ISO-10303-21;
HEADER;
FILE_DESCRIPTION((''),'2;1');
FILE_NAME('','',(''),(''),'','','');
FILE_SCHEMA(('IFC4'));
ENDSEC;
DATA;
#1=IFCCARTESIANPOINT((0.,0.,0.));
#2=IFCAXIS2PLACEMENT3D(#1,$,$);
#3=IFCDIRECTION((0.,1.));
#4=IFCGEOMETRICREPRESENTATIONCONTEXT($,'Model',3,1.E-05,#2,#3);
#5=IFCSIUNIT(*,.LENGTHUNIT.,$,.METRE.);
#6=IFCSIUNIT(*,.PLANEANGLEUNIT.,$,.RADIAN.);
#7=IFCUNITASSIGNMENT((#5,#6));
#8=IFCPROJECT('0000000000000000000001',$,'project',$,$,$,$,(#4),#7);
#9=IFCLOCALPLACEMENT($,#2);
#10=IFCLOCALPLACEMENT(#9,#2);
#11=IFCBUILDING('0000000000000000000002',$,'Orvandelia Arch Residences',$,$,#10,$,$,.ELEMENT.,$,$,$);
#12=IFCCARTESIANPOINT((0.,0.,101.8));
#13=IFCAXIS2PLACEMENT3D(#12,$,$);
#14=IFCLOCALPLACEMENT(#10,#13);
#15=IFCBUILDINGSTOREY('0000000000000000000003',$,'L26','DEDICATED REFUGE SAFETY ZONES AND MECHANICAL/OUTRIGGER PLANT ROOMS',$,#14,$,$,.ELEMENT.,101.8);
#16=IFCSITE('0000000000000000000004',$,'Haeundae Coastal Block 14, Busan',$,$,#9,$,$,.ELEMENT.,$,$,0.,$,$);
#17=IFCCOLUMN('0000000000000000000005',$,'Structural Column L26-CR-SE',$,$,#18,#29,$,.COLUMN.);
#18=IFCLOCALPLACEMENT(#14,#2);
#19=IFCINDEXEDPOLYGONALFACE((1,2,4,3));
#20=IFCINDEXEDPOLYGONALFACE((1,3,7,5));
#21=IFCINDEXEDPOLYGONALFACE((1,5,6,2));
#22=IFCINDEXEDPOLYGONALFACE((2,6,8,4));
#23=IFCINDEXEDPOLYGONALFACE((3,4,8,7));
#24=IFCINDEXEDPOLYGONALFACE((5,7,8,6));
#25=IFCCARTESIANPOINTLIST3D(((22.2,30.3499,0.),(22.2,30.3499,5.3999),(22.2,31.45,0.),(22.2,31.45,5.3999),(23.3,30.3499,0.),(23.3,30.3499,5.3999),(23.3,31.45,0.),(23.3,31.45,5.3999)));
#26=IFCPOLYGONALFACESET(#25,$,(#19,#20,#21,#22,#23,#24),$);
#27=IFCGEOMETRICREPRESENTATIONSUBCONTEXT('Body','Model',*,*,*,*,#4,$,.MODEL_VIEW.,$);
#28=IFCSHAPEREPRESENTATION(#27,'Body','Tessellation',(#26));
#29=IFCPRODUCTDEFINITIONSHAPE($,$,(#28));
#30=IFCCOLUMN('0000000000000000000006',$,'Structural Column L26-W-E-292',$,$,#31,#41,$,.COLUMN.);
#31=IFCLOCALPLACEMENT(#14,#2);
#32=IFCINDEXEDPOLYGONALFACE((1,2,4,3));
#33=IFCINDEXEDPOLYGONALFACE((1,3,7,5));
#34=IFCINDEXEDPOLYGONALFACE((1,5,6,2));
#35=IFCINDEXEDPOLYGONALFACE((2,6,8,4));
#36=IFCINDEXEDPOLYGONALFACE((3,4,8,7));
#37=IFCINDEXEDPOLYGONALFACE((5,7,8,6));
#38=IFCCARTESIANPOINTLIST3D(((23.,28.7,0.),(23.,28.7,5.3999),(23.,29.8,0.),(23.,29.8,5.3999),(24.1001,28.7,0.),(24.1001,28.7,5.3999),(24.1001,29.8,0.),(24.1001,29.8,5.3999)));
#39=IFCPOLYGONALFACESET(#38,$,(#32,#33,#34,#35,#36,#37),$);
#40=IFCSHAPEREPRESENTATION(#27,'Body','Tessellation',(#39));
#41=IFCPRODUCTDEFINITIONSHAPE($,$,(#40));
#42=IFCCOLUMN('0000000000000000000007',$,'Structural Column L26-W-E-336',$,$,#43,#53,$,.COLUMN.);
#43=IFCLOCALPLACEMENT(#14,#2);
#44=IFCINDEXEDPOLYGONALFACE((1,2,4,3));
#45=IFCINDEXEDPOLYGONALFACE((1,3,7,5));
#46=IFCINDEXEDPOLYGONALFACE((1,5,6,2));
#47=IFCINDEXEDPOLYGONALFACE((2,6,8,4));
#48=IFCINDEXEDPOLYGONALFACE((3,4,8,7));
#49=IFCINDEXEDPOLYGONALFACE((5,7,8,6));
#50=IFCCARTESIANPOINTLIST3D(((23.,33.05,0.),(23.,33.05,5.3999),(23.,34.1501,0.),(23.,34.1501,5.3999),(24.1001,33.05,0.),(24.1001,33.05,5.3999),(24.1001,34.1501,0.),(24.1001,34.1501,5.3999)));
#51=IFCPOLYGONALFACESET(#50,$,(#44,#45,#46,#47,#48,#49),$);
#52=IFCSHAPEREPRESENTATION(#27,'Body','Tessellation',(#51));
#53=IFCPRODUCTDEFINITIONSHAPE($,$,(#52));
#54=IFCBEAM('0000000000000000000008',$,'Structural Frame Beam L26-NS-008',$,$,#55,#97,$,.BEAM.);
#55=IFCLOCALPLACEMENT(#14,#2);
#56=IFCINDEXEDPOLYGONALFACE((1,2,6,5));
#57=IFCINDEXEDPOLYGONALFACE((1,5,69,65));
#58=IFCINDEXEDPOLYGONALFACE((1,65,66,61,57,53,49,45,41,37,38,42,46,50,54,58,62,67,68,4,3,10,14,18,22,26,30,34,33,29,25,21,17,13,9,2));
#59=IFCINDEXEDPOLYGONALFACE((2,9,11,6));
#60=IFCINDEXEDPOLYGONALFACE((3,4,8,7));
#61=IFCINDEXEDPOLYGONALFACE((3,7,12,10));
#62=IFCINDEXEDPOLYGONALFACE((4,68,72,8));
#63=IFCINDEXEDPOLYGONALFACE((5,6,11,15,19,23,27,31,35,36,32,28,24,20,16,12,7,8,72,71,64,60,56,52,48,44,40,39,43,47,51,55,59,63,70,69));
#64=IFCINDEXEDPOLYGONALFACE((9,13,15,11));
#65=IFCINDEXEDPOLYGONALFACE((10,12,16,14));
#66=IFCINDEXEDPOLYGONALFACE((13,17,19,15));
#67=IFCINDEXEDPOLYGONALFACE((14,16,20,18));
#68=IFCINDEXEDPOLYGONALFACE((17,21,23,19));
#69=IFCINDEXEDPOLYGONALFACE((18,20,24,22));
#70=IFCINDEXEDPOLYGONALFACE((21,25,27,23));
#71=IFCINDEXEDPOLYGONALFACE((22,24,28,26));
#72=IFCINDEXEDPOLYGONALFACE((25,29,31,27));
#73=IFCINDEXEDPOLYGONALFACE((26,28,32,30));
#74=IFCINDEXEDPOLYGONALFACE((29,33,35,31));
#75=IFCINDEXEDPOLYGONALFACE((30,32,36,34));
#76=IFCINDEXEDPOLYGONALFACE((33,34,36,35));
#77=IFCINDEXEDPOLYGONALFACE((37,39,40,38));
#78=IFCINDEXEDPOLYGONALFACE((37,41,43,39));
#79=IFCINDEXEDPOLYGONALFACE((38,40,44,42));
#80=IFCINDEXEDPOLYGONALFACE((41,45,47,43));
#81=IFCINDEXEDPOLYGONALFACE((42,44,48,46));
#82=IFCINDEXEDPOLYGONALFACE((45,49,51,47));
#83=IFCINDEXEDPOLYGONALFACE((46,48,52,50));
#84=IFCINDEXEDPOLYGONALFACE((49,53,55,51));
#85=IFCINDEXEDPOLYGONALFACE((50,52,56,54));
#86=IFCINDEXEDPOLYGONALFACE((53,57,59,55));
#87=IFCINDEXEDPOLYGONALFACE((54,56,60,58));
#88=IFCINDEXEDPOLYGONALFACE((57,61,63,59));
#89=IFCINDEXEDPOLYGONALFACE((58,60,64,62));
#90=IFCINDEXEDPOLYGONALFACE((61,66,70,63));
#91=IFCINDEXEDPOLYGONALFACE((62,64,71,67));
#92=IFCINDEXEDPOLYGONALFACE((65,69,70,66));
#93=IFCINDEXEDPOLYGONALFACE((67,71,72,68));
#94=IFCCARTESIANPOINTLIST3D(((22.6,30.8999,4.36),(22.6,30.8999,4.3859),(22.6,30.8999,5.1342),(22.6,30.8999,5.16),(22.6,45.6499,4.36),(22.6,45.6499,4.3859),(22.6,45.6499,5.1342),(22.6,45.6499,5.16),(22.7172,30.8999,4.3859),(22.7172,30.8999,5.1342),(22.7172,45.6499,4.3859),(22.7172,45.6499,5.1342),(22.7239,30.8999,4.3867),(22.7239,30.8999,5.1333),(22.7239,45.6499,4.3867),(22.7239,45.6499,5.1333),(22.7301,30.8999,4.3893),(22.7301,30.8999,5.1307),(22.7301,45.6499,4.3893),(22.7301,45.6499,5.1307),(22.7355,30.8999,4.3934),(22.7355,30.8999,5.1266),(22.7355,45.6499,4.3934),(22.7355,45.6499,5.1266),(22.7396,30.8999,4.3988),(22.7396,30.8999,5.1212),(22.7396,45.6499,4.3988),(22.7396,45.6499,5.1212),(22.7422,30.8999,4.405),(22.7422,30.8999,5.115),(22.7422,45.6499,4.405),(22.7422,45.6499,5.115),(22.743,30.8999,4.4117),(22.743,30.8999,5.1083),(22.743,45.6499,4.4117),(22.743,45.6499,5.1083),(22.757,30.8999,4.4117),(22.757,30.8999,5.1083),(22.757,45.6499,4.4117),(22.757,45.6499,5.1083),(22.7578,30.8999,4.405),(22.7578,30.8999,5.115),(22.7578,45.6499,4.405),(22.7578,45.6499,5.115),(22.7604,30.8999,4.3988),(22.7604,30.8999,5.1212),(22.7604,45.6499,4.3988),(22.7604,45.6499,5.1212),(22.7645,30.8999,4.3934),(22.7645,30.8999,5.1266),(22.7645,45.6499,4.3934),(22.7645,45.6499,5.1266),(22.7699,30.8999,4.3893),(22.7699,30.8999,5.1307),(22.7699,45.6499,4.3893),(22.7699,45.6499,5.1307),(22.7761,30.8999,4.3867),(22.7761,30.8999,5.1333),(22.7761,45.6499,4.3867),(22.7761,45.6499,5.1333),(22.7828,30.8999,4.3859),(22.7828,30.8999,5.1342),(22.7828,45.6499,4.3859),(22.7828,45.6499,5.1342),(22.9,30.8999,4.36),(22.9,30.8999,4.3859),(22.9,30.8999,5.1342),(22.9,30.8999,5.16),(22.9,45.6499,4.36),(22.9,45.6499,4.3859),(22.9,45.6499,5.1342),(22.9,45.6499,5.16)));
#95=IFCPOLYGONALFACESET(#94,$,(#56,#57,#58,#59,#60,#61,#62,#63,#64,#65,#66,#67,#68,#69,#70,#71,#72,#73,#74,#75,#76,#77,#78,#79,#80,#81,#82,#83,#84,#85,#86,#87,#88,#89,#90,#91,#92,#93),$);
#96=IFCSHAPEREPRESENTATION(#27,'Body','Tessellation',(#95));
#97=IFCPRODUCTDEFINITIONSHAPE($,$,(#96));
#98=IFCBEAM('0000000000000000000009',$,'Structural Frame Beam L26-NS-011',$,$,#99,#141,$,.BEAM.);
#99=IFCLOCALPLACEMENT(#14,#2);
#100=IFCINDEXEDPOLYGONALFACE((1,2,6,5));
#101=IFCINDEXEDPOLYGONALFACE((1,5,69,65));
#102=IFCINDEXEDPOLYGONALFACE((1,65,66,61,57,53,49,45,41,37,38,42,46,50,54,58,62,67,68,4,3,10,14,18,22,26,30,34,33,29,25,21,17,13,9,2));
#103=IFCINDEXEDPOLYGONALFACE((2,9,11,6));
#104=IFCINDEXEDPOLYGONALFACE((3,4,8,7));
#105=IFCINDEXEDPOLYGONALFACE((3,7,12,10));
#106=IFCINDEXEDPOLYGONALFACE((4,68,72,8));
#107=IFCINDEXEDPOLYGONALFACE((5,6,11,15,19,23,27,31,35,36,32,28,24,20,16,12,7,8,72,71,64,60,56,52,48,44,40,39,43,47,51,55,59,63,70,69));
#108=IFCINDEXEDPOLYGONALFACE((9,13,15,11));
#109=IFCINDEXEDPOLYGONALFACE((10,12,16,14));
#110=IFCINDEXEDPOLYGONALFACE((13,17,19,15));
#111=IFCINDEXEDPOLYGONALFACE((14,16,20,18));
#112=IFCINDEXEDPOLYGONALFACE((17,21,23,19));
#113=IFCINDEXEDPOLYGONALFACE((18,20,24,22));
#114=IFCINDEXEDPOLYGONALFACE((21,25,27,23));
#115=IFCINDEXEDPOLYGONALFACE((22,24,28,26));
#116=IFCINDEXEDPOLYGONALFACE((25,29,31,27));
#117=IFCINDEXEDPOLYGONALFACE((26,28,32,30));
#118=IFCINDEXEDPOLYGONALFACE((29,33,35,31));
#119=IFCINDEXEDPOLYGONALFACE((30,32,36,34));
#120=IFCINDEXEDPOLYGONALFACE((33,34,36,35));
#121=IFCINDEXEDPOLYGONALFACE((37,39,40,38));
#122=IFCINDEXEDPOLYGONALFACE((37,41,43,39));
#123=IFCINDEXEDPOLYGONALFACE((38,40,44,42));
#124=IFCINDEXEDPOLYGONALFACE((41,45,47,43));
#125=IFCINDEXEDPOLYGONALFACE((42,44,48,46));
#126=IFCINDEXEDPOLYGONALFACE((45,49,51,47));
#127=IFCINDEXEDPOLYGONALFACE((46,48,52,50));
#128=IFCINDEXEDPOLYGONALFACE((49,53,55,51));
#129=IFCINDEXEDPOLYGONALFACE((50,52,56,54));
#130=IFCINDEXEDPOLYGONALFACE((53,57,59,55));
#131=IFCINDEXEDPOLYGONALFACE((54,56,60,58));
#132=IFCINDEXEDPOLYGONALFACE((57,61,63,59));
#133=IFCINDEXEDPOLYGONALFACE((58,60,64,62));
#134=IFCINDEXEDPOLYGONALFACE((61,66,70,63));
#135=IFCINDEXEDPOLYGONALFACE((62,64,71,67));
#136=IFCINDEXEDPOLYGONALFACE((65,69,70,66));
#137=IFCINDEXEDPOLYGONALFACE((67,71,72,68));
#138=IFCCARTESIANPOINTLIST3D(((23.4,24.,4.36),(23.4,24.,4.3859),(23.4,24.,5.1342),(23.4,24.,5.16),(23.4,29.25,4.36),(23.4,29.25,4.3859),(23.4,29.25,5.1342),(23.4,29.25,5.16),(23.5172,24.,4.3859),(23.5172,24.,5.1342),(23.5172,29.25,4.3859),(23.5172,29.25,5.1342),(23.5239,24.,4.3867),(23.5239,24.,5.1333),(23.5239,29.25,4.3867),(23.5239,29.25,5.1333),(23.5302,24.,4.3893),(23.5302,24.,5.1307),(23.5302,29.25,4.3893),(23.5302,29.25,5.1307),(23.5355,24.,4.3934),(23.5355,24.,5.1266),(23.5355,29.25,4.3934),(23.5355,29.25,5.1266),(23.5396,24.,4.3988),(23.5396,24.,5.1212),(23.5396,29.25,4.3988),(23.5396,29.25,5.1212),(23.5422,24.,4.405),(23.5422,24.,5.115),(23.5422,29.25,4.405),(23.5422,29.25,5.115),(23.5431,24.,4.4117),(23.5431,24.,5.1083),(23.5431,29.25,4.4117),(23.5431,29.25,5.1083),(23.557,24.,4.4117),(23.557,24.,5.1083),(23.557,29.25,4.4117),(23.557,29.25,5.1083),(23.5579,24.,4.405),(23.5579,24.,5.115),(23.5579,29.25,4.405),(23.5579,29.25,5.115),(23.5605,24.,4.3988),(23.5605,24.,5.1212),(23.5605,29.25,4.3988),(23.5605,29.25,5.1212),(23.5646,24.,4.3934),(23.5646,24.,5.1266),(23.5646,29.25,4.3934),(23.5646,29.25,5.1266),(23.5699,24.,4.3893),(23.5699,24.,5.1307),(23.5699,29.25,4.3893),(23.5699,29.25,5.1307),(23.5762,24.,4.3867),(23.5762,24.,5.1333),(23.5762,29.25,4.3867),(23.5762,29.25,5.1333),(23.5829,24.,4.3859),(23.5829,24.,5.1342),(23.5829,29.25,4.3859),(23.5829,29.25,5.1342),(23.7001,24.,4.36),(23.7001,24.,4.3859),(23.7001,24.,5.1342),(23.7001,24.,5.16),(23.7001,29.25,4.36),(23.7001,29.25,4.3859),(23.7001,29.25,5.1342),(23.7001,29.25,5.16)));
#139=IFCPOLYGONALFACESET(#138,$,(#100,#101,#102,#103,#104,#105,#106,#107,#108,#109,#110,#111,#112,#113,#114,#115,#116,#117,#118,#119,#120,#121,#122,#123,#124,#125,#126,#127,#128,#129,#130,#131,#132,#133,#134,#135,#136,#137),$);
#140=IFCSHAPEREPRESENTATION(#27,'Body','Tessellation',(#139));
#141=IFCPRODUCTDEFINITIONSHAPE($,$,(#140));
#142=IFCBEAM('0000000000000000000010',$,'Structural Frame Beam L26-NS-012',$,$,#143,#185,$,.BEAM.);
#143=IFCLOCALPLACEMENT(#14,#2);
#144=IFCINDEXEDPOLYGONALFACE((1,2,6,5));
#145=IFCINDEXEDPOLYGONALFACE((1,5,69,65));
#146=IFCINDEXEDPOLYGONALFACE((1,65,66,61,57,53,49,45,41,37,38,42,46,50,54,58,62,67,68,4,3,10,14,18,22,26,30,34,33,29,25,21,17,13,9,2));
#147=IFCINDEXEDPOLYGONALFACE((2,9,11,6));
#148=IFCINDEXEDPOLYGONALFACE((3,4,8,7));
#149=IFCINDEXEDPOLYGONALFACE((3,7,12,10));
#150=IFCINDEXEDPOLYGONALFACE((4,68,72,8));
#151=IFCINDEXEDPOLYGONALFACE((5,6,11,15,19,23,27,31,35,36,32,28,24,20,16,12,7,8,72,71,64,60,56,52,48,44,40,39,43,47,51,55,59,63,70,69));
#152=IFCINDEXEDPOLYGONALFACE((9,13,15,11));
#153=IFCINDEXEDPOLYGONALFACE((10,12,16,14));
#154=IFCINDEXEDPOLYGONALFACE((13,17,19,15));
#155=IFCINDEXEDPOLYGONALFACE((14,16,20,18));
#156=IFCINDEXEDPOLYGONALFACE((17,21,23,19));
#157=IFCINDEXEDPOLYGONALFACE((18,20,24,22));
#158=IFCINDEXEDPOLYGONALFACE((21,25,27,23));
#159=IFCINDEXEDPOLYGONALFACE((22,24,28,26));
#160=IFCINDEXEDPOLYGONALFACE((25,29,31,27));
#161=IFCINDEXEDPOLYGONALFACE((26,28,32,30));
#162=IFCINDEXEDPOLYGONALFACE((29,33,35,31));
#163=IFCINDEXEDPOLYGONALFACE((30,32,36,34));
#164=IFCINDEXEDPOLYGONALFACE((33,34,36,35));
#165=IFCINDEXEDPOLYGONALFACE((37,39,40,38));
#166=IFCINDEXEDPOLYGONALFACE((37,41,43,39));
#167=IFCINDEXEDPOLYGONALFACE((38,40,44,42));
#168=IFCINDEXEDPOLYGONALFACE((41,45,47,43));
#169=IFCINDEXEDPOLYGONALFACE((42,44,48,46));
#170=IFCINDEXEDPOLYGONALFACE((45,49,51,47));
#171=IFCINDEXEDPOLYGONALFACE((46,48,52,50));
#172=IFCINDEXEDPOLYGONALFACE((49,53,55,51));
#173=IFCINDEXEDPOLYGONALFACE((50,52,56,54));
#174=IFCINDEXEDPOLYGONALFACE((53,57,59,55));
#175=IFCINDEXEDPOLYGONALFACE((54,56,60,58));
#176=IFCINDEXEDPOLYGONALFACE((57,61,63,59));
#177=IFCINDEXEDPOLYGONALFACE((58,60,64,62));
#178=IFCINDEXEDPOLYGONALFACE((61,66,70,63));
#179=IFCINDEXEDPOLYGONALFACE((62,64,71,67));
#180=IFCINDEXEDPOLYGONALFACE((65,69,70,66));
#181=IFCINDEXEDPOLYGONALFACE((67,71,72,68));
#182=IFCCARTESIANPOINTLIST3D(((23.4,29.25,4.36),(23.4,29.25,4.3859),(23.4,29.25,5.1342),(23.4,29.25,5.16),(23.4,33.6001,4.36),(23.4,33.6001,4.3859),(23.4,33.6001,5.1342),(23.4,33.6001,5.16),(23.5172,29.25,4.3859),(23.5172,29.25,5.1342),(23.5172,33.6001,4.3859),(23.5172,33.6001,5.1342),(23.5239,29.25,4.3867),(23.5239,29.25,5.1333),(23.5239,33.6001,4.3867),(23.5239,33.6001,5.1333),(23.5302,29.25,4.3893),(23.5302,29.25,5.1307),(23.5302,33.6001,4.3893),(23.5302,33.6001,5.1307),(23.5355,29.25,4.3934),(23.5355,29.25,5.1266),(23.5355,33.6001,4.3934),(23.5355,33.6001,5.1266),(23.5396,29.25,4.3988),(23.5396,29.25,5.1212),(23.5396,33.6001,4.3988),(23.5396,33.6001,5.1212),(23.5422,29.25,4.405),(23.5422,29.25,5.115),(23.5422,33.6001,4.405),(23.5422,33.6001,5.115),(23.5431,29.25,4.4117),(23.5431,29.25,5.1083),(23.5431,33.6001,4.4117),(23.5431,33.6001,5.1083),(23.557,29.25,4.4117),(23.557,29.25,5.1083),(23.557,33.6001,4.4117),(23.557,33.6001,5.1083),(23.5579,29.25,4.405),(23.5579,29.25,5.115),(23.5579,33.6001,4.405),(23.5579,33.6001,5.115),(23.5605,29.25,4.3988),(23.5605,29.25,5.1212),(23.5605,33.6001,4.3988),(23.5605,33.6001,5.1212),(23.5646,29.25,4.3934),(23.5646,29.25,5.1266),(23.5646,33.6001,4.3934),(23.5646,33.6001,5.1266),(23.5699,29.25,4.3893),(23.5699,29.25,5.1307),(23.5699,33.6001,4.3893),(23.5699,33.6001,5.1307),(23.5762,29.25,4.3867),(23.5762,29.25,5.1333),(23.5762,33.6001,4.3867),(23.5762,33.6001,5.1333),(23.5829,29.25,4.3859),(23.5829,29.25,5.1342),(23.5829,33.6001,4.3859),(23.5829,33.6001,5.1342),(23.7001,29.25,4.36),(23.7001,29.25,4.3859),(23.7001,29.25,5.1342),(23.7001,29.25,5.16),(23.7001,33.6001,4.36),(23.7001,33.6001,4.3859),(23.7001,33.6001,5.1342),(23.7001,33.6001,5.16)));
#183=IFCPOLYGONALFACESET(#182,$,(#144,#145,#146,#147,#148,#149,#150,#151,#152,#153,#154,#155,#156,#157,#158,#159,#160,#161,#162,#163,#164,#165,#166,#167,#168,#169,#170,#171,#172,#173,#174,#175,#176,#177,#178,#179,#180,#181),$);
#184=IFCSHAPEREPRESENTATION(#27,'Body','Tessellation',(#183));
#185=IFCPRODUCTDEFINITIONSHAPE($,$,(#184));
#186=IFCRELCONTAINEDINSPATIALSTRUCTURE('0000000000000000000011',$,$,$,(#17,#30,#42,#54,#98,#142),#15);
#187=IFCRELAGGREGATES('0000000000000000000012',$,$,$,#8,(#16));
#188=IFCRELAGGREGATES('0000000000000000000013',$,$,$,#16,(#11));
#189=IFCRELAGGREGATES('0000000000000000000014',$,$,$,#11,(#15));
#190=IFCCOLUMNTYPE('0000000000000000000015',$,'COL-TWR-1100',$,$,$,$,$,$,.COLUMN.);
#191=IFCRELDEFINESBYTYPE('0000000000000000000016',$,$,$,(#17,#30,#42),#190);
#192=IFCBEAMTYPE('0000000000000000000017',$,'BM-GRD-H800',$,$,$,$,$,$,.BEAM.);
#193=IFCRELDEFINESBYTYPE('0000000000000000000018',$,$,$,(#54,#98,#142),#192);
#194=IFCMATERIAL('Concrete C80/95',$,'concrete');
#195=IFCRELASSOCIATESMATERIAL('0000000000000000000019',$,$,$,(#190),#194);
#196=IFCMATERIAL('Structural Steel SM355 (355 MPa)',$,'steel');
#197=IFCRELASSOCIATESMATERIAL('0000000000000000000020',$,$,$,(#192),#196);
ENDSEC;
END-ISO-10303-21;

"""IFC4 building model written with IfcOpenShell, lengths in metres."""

from ifc_helpers import new_model, si_unit, direction, frame, origin, origin_2d, place, context, subcontext, project, spatial, rectangle, i_section, extrude, material, material_profile, profile_set, type_object, element, save


model = new_model("IFC4")

# Units and contexts
model_context = context("Model", 3, precision=1e-05, world=origin(), true_north=direction((0.0, 1.0)))
body_context = subcontext(model_context, "Body", "Model", "MODEL_VIEW")
ifc_project = project(units=[si_unit("LENGTHUNIT", "METRE"), si_unit("PLANEANGLEUNIT", "RADIAN")], contexts=[model_context])

# Site, building, storey
site_placement = place(None, origin())
site = spatial("IfcSite", under=ifc_project, at=site_placement, Name="Haeundae Coastal Block 14, Busan", CompositionType="ELEMENT", RefElevation=0.0)
building_placement = place(site_placement, origin())
building = spatial("IfcBuilding", under=site, at=building_placement, Name="Orvandelia Arch Residences", CompositionType="ELEMENT")
storey_placement = place(building_placement, frame((0.0, 0.0, 101.8)))
storey = spatial("IfcBuildingStorey", under=building, at=storey_placement, Name="L26", Description="DEDICATED REFUGE SAFETY ZONES AND MECHANICAL/OUTRIGGER PLANT ROOMS", CompositionType="ELEMENT", Elevation=101.8)

# Columns
ifc_material_1 = material(Name="Concrete C80/95", Category="concrete")
ifc_material_profile_1 = material_profile(ifc_material_1, rectangle(XDim=1.1001, YDim=1.1001, at=origin_2d()), Name="Concrete C80/95", Category="concrete")
ifc_profile_set_1 = profile_set([ifc_material_profile_1], Name="Concrete C80/95")
column_type = type_object("IfcColumnType", Name="COL-TWR-1100", PredefinedType="COLUMN", material=ifc_profile_set_1)
for number, where, z_axis, x_axis, name in (
    (1, (22.75, 30.8999, 0.0), (0.0, 0.0, 1.0), (1.0, 0.0, 0.0), "Structural Column L26-CR-SE"),
    (2, (23.55, 29.25, 0.0), (0.0, 0.0, 1.0), (1.0, 0.0, 0.0), "Structural Column L26-W-E-292"),
    (3, (23.55, 33.6001, 0.0), (0.0, 0.0, 1.0), (1.0, 0.0, 0.0), "Structural Column L26-W-E-336"),
):
    element("IfcColumn", number, at=place(storey_placement, frame(where, z_axis=z_axis, x_axis=x_axis)), inside=storey, type_object=column_type, Name=name, PredefinedType="COLUMN", context=body_context, shape_type="SweptSolid", body=[
        extrude(rectangle(XDim=1.1001, YDim=1.1001, at=origin_2d()), origin(), (0.0, 0.0, 1.0), 5.3999),
    ])

# Beams
ifc_material_2 = material(Name="Structural Steel SM355 (355 MPa)", Category="steel")
ifc_material_profile_2 = material_profile(ifc_material_2, i_section(OverallWidth=0.3, OverallDepth=0.8, WebThickness=0.0139, FlangeThickness=0.0259, FilletRadius=0.0259, at=origin_2d()), Name="Structural Steel SM355 (355 MPa)", Category="steel")
ifc_profile_set_2 = profile_set([ifc_material_profile_2], Name="Structural Steel SM355 (355 MPa)")
beam_type = type_object("IfcBeamType", Name="BM-GRD-H800", PredefinedType="BEAM", material=ifc_profile_set_2)
beam_1_placement = place(storey_placement, frame((22.75, 30.8999, 4.76), z_axis=(0.0, 1.0, 0.0), x_axis=(-1.0, 0.0, 0.0)))
element("IfcBeam", 4, at=beam_1_placement, inside=storey, type_object=beam_type, Name="Structural Frame Beam L26-NS-008", PredefinedType="BEAM", context=body_context, shape_type="SweptSolid", body=[
    extrude(i_section(OverallWidth=0.3, OverallDepth=0.8, WebThickness=0.0139, FlangeThickness=0.0259, FilletRadius=0.0259, at=origin_2d()), origin(), (0.0, 0.0, 1.0), 14.75),
])
beam_2_placement = place(storey_placement, frame((23.55, 24.0, 4.76), z_axis=(0.0, 1.0, 0.0), x_axis=(-1.0, 0.0, 0.0)))
element("IfcBeam", 5, at=beam_2_placement, inside=storey, type_object=beam_type, Name="Structural Frame Beam L26-NS-011", PredefinedType="BEAM", context=body_context, shape_type="SweptSolid", body=[
    extrude(i_section(OverallWidth=0.3, OverallDepth=0.8, WebThickness=0.0139, FlangeThickness=0.0259, FilletRadius=0.0259, at=origin_2d()), origin(), (0.0, 0.0, 1.0), 5.25),
])
beam_3_placement = place(storey_placement, frame((23.55, 29.25, 4.76), z_axis=(0.0, 1.0, 0.0), x_axis=(-1.0, 0.0, 0.0)))
element("IfcBeam", 6, at=beam_3_placement, inside=storey, type_object=beam_type, Name="Structural Frame Beam L26-NS-012", PredefinedType="BEAM", context=body_context, shape_type="SweptSolid", body=[
    extrude(i_section(OverallWidth=0.3, OverallDepth=0.8, WebThickness=0.0139, FlangeThickness=0.0259, FilletRadius=0.0259, at=origin_2d()), origin(), (0.0, 0.0, 1.0), 4.3501),
])

save(model, "model.ifc")
